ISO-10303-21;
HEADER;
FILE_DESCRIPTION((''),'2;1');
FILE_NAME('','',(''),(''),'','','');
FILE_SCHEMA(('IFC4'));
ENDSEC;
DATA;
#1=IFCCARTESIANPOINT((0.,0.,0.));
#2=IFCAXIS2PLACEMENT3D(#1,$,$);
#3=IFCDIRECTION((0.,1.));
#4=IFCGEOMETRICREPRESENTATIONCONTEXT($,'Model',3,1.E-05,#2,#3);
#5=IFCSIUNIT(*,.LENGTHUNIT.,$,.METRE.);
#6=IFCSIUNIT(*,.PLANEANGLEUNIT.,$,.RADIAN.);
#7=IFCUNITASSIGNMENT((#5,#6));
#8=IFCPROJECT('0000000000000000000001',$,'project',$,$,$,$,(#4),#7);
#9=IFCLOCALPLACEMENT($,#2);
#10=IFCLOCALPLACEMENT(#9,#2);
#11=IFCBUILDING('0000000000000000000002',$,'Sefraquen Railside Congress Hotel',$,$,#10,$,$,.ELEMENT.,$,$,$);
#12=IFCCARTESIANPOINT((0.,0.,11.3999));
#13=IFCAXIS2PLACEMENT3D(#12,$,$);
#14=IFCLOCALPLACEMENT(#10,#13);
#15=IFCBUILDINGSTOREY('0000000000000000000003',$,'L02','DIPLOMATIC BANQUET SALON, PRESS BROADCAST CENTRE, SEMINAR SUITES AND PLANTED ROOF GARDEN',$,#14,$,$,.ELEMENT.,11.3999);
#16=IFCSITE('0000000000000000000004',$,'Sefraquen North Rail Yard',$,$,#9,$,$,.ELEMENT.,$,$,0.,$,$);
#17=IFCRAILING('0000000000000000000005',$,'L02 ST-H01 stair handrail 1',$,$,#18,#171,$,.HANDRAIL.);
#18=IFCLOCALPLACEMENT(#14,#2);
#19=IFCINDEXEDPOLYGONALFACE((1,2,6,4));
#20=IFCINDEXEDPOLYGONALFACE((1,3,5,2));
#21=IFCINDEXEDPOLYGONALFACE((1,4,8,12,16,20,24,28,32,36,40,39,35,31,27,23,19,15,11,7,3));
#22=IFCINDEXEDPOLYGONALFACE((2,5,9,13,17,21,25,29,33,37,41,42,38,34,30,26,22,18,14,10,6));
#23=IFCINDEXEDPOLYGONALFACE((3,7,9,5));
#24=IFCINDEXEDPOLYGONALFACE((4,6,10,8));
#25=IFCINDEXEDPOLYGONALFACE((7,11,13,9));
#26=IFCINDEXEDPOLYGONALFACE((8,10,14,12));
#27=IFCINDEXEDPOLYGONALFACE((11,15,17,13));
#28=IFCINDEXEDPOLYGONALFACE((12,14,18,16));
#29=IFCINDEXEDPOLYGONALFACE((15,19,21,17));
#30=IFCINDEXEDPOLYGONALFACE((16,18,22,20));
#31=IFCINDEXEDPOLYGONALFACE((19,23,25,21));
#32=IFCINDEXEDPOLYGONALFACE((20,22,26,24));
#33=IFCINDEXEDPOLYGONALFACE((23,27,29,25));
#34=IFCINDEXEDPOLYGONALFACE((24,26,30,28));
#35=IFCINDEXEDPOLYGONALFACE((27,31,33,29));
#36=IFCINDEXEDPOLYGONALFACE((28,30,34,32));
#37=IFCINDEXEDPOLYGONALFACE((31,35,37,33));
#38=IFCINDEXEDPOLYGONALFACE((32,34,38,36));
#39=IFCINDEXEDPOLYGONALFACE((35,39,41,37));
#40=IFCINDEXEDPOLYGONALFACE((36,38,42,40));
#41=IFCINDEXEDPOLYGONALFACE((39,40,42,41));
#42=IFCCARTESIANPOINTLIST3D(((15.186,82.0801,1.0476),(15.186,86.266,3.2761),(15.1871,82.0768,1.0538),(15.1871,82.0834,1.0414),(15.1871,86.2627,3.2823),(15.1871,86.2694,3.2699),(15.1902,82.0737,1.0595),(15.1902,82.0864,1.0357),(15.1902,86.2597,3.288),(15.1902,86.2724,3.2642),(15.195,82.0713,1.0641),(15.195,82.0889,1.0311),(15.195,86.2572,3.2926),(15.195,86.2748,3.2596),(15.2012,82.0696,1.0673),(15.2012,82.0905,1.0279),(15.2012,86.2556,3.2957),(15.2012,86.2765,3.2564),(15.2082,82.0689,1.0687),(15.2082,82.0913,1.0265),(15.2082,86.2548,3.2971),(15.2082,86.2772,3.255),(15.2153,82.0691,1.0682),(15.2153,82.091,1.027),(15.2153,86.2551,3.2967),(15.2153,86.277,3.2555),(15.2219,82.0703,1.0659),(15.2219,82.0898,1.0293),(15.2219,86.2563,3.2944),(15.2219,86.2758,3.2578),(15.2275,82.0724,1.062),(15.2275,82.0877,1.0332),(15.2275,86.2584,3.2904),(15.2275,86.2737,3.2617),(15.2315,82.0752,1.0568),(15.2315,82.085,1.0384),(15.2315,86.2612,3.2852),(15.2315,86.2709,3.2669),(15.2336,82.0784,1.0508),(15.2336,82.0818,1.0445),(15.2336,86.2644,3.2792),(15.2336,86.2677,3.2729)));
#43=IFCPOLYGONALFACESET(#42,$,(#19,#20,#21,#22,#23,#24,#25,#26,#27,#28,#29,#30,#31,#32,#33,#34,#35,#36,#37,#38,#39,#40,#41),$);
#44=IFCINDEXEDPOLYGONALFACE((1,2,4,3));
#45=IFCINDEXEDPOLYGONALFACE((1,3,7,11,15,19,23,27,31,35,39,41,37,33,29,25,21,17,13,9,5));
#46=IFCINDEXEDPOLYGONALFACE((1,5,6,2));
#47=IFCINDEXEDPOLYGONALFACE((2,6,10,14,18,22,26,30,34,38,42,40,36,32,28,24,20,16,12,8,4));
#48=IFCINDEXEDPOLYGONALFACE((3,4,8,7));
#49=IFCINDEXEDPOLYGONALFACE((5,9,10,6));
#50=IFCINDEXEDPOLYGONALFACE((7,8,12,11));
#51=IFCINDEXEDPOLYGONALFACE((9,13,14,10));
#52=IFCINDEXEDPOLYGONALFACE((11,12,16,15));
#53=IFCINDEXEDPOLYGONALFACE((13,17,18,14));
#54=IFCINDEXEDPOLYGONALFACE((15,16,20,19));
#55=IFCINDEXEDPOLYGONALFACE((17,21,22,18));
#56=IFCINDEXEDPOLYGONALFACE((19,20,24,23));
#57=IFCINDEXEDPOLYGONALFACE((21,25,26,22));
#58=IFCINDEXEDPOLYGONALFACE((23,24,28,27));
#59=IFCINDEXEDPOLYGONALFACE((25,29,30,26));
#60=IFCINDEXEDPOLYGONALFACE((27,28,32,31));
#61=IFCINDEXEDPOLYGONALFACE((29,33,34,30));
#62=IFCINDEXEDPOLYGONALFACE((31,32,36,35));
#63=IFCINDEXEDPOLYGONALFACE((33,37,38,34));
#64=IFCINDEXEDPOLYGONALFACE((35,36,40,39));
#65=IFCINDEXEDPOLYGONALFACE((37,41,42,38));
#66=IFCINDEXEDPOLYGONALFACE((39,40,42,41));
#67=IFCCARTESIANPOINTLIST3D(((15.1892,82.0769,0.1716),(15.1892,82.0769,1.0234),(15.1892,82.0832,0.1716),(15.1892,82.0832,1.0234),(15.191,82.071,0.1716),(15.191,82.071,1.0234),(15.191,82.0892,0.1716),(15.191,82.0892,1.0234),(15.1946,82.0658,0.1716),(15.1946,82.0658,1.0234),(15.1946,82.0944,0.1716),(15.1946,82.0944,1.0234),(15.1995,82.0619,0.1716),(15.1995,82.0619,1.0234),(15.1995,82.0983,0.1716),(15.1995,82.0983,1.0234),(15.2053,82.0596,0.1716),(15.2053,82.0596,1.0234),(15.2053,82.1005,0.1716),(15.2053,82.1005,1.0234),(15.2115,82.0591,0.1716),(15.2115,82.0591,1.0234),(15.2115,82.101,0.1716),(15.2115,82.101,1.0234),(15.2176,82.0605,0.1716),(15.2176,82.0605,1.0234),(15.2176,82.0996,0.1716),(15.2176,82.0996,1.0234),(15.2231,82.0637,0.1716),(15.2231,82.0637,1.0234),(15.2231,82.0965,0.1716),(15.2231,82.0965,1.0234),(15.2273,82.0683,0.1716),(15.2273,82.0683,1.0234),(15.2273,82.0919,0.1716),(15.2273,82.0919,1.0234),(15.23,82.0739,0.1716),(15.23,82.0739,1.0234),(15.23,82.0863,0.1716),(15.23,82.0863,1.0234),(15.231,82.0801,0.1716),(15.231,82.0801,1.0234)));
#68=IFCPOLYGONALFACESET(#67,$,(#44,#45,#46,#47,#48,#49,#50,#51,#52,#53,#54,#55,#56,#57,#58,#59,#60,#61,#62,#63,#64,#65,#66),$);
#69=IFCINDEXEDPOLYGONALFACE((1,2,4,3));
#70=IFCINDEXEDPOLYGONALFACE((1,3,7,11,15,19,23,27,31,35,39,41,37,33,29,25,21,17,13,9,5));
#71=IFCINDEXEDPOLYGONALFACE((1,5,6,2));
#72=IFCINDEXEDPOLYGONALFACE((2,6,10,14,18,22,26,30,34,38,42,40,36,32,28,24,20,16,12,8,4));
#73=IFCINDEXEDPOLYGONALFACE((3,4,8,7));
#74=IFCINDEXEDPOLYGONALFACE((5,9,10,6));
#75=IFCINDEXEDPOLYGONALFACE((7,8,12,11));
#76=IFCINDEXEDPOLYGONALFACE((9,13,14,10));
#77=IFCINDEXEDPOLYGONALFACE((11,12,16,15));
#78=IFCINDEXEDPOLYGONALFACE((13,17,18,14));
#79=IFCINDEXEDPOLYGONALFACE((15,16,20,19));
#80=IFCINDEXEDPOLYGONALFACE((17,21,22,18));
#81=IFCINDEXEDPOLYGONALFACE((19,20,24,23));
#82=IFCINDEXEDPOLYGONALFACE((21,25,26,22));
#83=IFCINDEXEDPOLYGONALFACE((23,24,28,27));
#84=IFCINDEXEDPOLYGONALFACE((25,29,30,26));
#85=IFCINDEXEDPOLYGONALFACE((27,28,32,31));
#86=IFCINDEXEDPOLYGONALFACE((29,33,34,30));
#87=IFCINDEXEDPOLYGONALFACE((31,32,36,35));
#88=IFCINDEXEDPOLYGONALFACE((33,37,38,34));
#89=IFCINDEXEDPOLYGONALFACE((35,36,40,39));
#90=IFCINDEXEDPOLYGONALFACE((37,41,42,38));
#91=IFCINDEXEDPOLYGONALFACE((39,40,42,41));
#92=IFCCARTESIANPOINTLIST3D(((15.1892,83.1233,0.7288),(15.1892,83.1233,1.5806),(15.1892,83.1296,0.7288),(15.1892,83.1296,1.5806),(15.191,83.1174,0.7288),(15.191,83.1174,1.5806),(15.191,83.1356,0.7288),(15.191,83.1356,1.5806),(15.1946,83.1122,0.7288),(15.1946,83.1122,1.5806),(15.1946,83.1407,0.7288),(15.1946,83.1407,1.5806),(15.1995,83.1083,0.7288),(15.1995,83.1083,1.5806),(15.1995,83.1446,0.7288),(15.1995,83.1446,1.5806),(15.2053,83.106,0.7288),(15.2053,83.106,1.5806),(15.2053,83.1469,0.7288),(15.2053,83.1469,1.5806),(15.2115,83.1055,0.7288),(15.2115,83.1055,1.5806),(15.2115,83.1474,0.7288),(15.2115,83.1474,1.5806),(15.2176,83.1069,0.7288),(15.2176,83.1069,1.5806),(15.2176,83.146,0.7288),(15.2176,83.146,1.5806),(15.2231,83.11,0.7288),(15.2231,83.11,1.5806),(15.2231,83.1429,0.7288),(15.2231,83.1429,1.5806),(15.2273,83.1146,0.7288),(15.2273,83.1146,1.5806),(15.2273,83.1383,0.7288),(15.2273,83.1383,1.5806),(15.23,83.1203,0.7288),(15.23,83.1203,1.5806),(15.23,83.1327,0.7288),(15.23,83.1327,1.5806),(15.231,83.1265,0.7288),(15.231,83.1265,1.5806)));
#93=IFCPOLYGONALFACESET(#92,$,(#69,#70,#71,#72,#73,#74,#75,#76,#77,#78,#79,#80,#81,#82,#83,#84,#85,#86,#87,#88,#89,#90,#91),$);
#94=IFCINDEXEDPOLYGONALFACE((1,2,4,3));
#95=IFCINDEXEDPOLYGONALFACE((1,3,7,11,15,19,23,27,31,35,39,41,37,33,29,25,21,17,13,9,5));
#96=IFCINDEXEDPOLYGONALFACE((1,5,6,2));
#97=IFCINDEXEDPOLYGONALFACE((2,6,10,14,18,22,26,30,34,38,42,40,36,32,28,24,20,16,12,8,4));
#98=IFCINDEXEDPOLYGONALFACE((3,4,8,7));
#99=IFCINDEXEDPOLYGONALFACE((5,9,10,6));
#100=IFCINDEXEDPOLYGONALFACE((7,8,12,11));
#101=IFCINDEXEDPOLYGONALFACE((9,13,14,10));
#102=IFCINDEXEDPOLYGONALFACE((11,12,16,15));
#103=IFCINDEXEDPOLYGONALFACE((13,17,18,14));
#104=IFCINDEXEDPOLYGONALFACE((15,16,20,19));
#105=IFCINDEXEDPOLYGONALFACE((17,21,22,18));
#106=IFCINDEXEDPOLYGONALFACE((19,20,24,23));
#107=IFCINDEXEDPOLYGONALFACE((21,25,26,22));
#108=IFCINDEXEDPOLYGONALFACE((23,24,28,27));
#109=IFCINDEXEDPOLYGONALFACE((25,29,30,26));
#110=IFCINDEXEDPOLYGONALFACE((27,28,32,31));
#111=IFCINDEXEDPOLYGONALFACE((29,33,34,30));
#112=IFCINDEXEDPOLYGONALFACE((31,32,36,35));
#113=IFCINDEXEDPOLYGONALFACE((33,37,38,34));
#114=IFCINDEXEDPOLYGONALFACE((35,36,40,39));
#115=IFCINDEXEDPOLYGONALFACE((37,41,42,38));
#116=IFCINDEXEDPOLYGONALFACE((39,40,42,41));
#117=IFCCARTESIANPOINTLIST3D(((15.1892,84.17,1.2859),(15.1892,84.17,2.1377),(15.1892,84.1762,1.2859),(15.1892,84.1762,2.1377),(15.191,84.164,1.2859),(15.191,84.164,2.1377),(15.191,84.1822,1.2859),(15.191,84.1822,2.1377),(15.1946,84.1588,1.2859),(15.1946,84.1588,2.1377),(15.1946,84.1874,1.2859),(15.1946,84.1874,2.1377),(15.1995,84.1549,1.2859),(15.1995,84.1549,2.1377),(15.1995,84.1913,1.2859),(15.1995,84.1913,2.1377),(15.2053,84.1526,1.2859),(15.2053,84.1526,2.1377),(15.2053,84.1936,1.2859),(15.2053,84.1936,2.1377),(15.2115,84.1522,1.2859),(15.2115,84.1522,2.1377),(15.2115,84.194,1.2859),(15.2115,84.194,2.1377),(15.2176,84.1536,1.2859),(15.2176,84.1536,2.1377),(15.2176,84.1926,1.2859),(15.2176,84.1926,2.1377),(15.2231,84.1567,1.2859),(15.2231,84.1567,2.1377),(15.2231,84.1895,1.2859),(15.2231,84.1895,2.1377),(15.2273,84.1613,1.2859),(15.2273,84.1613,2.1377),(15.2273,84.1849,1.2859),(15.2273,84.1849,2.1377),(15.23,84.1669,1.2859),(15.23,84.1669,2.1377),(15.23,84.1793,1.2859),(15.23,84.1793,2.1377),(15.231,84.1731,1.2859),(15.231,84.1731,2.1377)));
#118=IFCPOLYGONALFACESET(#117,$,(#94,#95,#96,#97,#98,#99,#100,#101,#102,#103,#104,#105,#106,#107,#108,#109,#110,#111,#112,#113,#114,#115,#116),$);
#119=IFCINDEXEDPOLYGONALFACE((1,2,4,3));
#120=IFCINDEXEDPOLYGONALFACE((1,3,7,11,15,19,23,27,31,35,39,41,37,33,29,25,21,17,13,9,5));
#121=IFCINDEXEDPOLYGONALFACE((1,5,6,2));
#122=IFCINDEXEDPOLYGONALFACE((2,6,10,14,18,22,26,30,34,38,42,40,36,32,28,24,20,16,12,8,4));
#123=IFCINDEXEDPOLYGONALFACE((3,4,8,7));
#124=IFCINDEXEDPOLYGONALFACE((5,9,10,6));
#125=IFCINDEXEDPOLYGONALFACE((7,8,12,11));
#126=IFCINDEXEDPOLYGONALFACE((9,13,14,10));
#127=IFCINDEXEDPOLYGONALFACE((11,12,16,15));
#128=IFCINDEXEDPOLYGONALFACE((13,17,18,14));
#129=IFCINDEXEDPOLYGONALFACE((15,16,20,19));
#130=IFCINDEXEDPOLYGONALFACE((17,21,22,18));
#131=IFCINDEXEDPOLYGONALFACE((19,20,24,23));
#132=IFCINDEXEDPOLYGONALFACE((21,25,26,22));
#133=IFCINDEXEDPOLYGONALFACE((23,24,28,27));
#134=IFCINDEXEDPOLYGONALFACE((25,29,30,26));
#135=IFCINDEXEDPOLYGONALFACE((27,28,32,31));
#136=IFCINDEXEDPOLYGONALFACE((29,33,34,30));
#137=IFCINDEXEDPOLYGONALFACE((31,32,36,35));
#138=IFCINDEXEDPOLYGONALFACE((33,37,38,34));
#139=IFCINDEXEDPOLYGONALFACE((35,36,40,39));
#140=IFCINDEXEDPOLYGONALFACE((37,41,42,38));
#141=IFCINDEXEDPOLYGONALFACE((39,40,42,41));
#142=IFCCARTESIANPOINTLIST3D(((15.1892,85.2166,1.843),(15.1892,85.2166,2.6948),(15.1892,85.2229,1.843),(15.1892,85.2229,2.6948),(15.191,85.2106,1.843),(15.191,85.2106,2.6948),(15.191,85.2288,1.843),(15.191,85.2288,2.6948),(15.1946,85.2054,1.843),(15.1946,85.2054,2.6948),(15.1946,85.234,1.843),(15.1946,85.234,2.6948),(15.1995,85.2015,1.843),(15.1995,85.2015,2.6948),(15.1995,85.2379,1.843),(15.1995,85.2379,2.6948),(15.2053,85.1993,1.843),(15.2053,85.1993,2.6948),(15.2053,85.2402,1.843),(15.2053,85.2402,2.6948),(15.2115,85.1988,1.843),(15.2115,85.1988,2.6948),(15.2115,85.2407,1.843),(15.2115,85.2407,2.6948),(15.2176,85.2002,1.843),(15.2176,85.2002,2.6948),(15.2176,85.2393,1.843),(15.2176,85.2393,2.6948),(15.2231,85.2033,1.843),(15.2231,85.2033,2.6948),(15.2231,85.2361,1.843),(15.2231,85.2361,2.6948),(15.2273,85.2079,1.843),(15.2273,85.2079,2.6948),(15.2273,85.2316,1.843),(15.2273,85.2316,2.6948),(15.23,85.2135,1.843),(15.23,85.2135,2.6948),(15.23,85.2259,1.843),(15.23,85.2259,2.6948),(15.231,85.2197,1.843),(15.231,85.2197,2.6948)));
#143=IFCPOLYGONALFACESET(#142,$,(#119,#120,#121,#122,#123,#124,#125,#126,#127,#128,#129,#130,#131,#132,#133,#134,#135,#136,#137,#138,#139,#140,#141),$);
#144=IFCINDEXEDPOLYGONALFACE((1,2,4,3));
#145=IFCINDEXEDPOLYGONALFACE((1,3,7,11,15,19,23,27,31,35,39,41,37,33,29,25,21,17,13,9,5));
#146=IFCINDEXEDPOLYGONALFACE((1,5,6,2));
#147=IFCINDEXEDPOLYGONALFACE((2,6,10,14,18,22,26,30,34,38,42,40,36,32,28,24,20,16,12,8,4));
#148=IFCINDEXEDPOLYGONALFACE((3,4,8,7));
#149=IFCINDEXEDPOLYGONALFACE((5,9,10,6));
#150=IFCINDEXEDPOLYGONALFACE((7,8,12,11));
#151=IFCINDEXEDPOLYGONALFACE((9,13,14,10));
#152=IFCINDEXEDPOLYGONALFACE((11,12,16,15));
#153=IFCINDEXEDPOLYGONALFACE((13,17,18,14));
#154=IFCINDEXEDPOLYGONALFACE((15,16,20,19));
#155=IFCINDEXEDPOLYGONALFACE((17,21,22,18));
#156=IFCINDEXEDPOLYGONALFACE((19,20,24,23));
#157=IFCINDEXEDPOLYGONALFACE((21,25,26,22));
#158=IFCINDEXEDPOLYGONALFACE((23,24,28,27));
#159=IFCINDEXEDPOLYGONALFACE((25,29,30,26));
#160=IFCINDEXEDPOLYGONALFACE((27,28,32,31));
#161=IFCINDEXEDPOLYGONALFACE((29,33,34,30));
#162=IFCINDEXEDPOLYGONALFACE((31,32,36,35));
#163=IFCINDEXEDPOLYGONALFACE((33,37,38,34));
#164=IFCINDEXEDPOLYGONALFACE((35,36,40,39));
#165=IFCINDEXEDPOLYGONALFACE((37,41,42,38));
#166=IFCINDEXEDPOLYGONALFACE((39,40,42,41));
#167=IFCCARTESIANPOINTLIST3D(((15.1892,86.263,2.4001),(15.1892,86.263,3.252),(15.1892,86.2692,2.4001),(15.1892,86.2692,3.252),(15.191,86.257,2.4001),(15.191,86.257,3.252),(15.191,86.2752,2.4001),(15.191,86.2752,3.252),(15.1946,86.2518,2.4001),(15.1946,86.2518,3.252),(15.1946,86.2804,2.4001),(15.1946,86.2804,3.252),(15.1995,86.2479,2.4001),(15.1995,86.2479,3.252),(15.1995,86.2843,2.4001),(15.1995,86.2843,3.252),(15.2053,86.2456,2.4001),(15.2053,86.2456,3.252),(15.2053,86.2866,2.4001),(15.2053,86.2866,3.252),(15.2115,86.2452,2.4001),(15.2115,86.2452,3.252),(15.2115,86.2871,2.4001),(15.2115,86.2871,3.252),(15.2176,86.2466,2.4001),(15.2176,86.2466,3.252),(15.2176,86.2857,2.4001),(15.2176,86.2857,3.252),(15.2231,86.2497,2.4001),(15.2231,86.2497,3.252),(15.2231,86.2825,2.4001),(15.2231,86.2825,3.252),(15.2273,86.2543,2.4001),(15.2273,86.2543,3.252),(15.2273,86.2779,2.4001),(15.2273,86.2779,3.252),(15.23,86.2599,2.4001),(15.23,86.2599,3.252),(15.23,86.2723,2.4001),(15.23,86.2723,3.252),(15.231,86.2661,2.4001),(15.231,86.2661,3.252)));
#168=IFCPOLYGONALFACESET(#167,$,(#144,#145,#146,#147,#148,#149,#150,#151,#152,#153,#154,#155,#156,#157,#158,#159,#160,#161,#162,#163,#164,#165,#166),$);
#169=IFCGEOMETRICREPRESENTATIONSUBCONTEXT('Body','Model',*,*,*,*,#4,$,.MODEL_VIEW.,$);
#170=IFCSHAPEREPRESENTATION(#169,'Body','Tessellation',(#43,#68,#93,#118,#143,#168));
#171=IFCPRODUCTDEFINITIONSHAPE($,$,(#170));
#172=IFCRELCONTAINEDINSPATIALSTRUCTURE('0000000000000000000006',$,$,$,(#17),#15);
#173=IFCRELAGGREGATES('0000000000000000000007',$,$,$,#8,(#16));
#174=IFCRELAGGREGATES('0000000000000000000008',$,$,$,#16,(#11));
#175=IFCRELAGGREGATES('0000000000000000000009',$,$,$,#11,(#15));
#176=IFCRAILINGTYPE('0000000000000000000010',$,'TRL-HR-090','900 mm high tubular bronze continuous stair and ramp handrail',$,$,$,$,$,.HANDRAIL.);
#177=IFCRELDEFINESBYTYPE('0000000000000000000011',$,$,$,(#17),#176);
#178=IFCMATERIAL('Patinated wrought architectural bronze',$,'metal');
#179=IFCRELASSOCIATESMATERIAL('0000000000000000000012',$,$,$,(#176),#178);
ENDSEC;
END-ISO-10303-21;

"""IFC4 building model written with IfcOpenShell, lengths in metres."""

from ifc_helpers import new_model, si_unit, direction, frame, origin, origin_2d, place, context, subcontext, project, spatial, circle, extrude, material, type_object, element, save


model = new_model("IFC4")

# Units and contexts
model_context = context("Model", 3, precision=1e-05, world=origin(), true_north=direction((0.0, 1.0)))
body_context = subcontext(model_context, "Body", "Model", "MODEL_VIEW")
ifc_project = project(units=[si_unit("LENGTHUNIT", "METRE"), si_unit("PLANEANGLEUNIT", "RADIAN")], contexts=[model_context])

# Site, building, storey
site_placement = place(None, origin())
site = spatial("IfcSite", under=ifc_project, at=site_placement, Name="Sefraquen North Rail Yard", CompositionType="ELEMENT", RefElevation=0.0)
building_placement = place(site_placement, origin())
building = spatial("IfcBuilding", under=site, at=building_placement, Name="Sefraquen Railside Congress Hotel", CompositionType="ELEMENT")
storey_placement = place(building_placement, frame((0.0, 0.0, 11.3999)))
storey = spatial("IfcBuildingStorey", under=building, at=storey_placement, Name="L02", Description="DIPLOMATIC BANQUET SALON, PRESS BROADCAST CENTRE, SEMINAR SUITES AND PLANTED ROOF GARDEN", CompositionType="ELEMENT", Elevation=11.3999)

# Railing
ifc_material_1 = material(Name="Patinated wrought architectural bronze", Category="metal")
railing_type_1 = type_object("IfcRailingType", Name="TRL-HR-090", Description="900 mm high tubular bronze continuous stair and ramp handrail", PredefinedType="HANDRAIL", material=ifc_material_1)
railing_1_placement = place(storey_placement, frame((15.21, 82.0801, 0.1716)))
element("IfcRailing", 1, at=railing_1_placement, inside=storey, type_object=railing_type_1, Name="L02 ST-H01 stair handrail 1", PredefinedType="HANDRAIL", context=body_context, shape_type="SweptSolid", body=[
    extrude(circle(Radius=0.0239, at=origin_2d()), frame((0.0, 0.0, 0.876), z_axis=(0.0, 0.882706, 0.469925), x_axis=(-1.0, 0.0, 0.0)), (0.0, 0.0, 1.0), 4.7422),
    extrude(circle(Radius=0.021, at=origin_2d()), origin(), (0.0, 0.0, 1.0), 0.8518),
    extrude(circle(Radius=0.021, at=origin_2d()), frame((0.0, 1.0464, 0.5571)), (0.0, 0.0, 1.0), 0.8518),
    extrude(circle(Radius=0.021, at=origin_2d()), frame((0.0, 2.093, 1.1143)), (0.0, 0.0, 1.0), 0.8518),
    extrude(circle(Radius=0.021, at=origin_2d()), frame((0.0, 3.1396, 1.6714)), (0.0, 0.0, 1.0), 0.8518),
    extrude(circle(Radius=0.021, at=origin_2d()), frame((0.0, 4.186, 2.2285)), (0.0, 0.0, 1.0), 0.8518),
])

save(model, "model.ifc")
